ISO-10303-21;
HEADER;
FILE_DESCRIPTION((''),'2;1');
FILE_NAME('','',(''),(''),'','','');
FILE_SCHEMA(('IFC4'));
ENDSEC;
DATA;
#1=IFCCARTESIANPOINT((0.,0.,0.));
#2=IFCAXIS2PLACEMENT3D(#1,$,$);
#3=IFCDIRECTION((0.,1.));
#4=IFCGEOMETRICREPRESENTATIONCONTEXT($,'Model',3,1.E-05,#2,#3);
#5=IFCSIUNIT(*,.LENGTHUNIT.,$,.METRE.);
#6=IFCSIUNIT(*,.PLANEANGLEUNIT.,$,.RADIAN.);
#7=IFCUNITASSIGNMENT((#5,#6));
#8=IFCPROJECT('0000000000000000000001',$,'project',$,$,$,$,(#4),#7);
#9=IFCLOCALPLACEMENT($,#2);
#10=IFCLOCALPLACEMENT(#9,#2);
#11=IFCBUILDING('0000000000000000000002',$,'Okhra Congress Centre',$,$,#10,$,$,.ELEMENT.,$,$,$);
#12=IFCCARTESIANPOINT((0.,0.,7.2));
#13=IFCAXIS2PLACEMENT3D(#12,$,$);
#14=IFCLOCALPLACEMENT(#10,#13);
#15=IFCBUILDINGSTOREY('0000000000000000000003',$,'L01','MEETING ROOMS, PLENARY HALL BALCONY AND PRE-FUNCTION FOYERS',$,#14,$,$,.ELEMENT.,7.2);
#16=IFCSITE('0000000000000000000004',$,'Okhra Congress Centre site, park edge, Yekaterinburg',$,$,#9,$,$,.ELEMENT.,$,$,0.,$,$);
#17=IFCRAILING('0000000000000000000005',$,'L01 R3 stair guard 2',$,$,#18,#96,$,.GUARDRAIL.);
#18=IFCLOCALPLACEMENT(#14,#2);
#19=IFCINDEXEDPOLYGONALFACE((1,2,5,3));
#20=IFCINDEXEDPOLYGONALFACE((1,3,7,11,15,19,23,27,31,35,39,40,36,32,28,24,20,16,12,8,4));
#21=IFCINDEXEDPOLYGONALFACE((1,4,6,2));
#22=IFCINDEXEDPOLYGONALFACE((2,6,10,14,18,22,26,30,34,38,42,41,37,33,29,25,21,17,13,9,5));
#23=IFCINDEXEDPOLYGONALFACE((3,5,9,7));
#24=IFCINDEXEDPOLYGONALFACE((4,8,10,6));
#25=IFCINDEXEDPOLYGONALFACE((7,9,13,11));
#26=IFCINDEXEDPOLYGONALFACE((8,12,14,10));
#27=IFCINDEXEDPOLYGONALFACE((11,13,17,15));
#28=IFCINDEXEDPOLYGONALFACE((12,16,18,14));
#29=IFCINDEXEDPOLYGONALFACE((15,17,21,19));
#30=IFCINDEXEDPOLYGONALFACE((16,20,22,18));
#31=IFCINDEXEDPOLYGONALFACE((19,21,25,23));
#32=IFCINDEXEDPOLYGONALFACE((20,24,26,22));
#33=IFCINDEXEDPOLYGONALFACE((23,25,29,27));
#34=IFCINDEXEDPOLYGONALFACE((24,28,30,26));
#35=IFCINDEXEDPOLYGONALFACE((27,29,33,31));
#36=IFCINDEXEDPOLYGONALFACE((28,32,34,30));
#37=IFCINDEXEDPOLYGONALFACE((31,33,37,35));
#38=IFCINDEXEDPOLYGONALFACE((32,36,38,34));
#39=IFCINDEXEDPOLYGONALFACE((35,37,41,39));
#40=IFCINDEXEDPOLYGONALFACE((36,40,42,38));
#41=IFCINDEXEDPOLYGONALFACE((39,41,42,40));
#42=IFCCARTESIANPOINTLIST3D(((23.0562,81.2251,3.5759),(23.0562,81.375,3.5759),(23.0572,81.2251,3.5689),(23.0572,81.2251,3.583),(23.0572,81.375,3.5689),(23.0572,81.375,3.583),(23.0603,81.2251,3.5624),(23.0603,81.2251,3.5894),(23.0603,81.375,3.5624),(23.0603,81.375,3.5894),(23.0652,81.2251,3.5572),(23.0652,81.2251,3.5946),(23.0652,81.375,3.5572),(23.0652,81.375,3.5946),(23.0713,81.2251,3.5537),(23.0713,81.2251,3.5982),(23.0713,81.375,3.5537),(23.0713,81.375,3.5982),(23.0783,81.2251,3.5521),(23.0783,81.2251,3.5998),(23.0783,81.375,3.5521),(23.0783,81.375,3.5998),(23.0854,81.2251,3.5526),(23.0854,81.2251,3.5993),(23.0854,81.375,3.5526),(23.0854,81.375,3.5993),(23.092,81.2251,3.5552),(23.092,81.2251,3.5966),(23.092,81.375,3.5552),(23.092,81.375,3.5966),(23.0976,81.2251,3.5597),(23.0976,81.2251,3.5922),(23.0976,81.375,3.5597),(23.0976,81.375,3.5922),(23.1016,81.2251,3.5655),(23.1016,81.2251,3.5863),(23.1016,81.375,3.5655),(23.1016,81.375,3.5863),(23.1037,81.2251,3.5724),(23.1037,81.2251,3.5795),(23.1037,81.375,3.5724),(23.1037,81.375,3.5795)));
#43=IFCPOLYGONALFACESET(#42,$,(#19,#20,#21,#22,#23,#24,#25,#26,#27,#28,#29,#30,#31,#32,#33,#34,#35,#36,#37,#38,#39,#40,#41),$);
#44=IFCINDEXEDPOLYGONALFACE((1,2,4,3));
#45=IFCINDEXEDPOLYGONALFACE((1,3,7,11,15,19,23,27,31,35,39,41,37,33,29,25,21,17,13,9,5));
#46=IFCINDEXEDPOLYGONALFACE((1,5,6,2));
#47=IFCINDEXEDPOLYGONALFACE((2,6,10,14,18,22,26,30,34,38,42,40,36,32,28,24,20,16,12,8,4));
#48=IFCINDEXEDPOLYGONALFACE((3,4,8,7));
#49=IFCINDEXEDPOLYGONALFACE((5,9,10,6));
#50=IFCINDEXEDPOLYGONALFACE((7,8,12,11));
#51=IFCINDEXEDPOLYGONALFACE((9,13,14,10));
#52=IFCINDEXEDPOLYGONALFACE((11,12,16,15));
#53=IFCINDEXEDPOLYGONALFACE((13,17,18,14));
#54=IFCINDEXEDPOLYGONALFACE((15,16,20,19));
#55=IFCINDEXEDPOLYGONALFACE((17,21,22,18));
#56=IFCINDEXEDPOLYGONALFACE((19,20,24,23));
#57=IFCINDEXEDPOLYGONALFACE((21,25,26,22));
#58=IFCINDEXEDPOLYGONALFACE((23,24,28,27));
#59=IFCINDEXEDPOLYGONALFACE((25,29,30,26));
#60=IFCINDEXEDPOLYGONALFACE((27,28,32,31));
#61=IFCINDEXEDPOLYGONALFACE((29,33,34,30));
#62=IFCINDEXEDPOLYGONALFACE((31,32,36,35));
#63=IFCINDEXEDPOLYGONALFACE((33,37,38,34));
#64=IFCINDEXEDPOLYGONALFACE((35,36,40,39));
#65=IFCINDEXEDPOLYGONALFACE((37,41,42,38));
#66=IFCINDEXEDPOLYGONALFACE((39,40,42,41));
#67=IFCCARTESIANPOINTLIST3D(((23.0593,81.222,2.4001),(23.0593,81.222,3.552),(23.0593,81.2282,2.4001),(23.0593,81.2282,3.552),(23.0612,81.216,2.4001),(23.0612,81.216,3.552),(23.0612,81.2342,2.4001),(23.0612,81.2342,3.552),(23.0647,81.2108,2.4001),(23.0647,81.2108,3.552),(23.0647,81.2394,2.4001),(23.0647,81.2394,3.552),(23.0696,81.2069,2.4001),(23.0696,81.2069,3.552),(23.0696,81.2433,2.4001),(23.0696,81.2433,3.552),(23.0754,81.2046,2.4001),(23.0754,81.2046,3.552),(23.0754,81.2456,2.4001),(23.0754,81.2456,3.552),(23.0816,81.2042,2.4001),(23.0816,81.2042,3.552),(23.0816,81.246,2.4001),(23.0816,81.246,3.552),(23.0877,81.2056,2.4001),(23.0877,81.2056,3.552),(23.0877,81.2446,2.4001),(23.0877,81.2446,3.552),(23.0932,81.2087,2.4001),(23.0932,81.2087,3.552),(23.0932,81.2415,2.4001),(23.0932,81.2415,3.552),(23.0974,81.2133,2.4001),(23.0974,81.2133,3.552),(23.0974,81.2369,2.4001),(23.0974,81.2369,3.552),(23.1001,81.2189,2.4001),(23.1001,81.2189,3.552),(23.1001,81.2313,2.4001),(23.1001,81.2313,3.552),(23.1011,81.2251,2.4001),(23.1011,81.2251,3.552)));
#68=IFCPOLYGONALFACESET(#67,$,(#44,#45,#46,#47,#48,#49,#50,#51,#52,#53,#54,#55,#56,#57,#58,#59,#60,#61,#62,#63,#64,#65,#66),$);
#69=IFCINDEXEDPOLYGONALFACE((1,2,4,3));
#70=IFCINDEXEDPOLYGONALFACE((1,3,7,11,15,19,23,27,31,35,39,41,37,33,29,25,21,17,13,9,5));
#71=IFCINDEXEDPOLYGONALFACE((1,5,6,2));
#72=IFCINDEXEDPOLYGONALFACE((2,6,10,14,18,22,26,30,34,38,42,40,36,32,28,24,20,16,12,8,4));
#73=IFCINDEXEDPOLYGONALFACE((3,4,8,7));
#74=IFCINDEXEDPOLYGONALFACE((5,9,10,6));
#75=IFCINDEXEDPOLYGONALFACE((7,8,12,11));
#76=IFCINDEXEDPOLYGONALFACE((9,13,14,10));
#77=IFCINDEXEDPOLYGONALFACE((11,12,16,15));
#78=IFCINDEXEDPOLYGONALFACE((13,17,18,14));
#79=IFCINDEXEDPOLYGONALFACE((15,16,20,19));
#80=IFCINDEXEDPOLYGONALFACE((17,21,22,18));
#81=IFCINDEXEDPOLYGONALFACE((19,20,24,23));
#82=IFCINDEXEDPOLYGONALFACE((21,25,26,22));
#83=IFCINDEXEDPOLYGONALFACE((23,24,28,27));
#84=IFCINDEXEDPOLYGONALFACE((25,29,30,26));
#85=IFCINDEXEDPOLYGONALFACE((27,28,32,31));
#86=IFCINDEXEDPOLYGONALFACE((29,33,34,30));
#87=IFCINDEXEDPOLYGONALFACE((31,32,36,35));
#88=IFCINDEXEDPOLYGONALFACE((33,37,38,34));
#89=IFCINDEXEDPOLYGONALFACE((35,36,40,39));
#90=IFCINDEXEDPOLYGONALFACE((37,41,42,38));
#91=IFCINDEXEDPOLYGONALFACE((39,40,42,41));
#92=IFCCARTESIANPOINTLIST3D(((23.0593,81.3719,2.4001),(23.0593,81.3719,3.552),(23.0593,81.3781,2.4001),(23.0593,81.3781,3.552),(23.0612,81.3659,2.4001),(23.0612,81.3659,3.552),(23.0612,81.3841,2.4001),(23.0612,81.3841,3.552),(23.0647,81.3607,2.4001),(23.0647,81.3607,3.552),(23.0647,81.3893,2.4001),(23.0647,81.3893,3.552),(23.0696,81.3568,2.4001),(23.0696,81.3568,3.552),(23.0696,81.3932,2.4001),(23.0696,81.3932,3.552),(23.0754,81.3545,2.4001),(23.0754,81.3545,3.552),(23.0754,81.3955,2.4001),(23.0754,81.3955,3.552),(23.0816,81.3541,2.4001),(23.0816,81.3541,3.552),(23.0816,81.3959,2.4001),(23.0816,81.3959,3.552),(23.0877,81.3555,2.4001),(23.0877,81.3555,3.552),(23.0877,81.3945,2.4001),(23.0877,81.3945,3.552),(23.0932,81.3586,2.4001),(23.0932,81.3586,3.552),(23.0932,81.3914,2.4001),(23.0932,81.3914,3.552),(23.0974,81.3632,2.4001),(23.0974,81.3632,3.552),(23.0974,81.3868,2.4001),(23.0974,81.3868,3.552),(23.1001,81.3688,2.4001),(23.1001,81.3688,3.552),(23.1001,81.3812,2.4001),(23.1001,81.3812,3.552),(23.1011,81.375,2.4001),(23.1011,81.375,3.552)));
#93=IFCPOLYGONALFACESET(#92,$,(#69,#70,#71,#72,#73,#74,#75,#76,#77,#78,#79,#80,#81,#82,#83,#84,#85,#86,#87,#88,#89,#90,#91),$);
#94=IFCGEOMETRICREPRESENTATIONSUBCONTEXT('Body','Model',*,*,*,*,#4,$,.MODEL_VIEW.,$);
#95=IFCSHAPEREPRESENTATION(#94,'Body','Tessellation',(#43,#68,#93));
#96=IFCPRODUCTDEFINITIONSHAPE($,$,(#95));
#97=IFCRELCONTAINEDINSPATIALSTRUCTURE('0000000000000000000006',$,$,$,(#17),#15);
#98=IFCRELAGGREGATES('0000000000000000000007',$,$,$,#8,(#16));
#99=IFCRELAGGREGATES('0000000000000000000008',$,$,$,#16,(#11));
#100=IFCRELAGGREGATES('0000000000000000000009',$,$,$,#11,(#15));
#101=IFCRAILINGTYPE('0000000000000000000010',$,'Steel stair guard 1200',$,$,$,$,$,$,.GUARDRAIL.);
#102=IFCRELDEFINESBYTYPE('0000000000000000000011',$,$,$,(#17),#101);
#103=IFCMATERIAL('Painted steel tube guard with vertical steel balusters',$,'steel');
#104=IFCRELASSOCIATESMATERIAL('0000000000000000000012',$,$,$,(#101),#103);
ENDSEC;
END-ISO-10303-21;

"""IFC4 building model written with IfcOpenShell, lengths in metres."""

from ifc_helpers import new_model, si_unit, direction, frame, origin, origin_2d, place, context, subcontext, project, spatial, circle, extrude, material, type_object, element, save


model = new_model("IFC4")

# Units and contexts
model_context = context("Model", 3, precision=1e-05, world=origin(), true_north=direction((0.0, 1.0)))
body_context = subcontext(model_context, "Body", "Model", "MODEL_VIEW")
ifc_project = project(units=[si_unit("LENGTHUNIT", "METRE"), si_unit("PLANEANGLEUNIT", "RADIAN")], contexts=[model_context])

# Site, building, storey
site_placement = place(None, origin())
site = spatial("IfcSite", under=ifc_project, at=site_placement, Name="Okhra Congress Centre site, park edge, Yekaterinburg", CompositionType="ELEMENT", RefElevation=0.0)
building_placement = place(site_placement, origin())
building = spatial("IfcBuilding", under=site, at=building_placement, Name="Okhra Congress Centre", CompositionType="ELEMENT")
storey_placement = place(building_placement, frame((0.0, 0.0, 7.2)))
storey = spatial("IfcBuildingStorey", under=building, at=storey_placement, Name="L01", Description="MEETING ROOMS, PLENARY HALL BALCONY AND PRE-FUNCTION FOYERS", CompositionType="ELEMENT", Elevation=7.2)

# Railing
ifc_material_1 = material(Name="Painted steel tube guard with vertical steel balusters", Category="steel")
railing_type_1 = type_object("IfcRailingType", Name="Steel stair guard 1200", PredefinedType="GUARDRAIL", material=ifc_material_1)
railing_1_placement = place(storey_placement, frame((23.0801, 81.2251, 2.4001)))
element("IfcRailing", 1, at=railing_1_placement, inside=storey, type_object=railing_type_1, Name="L01 R3 stair guard 2", PredefinedType="GUARDRAIL", context=body_context, shape_type="SweptSolid", body=[
    extrude(circle(Radius=0.0239, at=origin_2d()), frame((0.0, 0.0, 1.1758), z_axis=(0.0, 1.0, 0.0), x_axis=(-1.0, 0.0, 0.0)), (0.0, 0.0, 1.0), 0.1499),
    extrude(circle(Radius=0.021, at=origin_2d()), origin(), (0.0, 0.0, 1.0), 1.1519),
    extrude(circle(Radius=0.021, at=origin_2d()), frame((0.0, 0.1499, 0.0)), (0.0, 0.0, 1.0), 1.1519),
])

save(model, "model.ifc")
